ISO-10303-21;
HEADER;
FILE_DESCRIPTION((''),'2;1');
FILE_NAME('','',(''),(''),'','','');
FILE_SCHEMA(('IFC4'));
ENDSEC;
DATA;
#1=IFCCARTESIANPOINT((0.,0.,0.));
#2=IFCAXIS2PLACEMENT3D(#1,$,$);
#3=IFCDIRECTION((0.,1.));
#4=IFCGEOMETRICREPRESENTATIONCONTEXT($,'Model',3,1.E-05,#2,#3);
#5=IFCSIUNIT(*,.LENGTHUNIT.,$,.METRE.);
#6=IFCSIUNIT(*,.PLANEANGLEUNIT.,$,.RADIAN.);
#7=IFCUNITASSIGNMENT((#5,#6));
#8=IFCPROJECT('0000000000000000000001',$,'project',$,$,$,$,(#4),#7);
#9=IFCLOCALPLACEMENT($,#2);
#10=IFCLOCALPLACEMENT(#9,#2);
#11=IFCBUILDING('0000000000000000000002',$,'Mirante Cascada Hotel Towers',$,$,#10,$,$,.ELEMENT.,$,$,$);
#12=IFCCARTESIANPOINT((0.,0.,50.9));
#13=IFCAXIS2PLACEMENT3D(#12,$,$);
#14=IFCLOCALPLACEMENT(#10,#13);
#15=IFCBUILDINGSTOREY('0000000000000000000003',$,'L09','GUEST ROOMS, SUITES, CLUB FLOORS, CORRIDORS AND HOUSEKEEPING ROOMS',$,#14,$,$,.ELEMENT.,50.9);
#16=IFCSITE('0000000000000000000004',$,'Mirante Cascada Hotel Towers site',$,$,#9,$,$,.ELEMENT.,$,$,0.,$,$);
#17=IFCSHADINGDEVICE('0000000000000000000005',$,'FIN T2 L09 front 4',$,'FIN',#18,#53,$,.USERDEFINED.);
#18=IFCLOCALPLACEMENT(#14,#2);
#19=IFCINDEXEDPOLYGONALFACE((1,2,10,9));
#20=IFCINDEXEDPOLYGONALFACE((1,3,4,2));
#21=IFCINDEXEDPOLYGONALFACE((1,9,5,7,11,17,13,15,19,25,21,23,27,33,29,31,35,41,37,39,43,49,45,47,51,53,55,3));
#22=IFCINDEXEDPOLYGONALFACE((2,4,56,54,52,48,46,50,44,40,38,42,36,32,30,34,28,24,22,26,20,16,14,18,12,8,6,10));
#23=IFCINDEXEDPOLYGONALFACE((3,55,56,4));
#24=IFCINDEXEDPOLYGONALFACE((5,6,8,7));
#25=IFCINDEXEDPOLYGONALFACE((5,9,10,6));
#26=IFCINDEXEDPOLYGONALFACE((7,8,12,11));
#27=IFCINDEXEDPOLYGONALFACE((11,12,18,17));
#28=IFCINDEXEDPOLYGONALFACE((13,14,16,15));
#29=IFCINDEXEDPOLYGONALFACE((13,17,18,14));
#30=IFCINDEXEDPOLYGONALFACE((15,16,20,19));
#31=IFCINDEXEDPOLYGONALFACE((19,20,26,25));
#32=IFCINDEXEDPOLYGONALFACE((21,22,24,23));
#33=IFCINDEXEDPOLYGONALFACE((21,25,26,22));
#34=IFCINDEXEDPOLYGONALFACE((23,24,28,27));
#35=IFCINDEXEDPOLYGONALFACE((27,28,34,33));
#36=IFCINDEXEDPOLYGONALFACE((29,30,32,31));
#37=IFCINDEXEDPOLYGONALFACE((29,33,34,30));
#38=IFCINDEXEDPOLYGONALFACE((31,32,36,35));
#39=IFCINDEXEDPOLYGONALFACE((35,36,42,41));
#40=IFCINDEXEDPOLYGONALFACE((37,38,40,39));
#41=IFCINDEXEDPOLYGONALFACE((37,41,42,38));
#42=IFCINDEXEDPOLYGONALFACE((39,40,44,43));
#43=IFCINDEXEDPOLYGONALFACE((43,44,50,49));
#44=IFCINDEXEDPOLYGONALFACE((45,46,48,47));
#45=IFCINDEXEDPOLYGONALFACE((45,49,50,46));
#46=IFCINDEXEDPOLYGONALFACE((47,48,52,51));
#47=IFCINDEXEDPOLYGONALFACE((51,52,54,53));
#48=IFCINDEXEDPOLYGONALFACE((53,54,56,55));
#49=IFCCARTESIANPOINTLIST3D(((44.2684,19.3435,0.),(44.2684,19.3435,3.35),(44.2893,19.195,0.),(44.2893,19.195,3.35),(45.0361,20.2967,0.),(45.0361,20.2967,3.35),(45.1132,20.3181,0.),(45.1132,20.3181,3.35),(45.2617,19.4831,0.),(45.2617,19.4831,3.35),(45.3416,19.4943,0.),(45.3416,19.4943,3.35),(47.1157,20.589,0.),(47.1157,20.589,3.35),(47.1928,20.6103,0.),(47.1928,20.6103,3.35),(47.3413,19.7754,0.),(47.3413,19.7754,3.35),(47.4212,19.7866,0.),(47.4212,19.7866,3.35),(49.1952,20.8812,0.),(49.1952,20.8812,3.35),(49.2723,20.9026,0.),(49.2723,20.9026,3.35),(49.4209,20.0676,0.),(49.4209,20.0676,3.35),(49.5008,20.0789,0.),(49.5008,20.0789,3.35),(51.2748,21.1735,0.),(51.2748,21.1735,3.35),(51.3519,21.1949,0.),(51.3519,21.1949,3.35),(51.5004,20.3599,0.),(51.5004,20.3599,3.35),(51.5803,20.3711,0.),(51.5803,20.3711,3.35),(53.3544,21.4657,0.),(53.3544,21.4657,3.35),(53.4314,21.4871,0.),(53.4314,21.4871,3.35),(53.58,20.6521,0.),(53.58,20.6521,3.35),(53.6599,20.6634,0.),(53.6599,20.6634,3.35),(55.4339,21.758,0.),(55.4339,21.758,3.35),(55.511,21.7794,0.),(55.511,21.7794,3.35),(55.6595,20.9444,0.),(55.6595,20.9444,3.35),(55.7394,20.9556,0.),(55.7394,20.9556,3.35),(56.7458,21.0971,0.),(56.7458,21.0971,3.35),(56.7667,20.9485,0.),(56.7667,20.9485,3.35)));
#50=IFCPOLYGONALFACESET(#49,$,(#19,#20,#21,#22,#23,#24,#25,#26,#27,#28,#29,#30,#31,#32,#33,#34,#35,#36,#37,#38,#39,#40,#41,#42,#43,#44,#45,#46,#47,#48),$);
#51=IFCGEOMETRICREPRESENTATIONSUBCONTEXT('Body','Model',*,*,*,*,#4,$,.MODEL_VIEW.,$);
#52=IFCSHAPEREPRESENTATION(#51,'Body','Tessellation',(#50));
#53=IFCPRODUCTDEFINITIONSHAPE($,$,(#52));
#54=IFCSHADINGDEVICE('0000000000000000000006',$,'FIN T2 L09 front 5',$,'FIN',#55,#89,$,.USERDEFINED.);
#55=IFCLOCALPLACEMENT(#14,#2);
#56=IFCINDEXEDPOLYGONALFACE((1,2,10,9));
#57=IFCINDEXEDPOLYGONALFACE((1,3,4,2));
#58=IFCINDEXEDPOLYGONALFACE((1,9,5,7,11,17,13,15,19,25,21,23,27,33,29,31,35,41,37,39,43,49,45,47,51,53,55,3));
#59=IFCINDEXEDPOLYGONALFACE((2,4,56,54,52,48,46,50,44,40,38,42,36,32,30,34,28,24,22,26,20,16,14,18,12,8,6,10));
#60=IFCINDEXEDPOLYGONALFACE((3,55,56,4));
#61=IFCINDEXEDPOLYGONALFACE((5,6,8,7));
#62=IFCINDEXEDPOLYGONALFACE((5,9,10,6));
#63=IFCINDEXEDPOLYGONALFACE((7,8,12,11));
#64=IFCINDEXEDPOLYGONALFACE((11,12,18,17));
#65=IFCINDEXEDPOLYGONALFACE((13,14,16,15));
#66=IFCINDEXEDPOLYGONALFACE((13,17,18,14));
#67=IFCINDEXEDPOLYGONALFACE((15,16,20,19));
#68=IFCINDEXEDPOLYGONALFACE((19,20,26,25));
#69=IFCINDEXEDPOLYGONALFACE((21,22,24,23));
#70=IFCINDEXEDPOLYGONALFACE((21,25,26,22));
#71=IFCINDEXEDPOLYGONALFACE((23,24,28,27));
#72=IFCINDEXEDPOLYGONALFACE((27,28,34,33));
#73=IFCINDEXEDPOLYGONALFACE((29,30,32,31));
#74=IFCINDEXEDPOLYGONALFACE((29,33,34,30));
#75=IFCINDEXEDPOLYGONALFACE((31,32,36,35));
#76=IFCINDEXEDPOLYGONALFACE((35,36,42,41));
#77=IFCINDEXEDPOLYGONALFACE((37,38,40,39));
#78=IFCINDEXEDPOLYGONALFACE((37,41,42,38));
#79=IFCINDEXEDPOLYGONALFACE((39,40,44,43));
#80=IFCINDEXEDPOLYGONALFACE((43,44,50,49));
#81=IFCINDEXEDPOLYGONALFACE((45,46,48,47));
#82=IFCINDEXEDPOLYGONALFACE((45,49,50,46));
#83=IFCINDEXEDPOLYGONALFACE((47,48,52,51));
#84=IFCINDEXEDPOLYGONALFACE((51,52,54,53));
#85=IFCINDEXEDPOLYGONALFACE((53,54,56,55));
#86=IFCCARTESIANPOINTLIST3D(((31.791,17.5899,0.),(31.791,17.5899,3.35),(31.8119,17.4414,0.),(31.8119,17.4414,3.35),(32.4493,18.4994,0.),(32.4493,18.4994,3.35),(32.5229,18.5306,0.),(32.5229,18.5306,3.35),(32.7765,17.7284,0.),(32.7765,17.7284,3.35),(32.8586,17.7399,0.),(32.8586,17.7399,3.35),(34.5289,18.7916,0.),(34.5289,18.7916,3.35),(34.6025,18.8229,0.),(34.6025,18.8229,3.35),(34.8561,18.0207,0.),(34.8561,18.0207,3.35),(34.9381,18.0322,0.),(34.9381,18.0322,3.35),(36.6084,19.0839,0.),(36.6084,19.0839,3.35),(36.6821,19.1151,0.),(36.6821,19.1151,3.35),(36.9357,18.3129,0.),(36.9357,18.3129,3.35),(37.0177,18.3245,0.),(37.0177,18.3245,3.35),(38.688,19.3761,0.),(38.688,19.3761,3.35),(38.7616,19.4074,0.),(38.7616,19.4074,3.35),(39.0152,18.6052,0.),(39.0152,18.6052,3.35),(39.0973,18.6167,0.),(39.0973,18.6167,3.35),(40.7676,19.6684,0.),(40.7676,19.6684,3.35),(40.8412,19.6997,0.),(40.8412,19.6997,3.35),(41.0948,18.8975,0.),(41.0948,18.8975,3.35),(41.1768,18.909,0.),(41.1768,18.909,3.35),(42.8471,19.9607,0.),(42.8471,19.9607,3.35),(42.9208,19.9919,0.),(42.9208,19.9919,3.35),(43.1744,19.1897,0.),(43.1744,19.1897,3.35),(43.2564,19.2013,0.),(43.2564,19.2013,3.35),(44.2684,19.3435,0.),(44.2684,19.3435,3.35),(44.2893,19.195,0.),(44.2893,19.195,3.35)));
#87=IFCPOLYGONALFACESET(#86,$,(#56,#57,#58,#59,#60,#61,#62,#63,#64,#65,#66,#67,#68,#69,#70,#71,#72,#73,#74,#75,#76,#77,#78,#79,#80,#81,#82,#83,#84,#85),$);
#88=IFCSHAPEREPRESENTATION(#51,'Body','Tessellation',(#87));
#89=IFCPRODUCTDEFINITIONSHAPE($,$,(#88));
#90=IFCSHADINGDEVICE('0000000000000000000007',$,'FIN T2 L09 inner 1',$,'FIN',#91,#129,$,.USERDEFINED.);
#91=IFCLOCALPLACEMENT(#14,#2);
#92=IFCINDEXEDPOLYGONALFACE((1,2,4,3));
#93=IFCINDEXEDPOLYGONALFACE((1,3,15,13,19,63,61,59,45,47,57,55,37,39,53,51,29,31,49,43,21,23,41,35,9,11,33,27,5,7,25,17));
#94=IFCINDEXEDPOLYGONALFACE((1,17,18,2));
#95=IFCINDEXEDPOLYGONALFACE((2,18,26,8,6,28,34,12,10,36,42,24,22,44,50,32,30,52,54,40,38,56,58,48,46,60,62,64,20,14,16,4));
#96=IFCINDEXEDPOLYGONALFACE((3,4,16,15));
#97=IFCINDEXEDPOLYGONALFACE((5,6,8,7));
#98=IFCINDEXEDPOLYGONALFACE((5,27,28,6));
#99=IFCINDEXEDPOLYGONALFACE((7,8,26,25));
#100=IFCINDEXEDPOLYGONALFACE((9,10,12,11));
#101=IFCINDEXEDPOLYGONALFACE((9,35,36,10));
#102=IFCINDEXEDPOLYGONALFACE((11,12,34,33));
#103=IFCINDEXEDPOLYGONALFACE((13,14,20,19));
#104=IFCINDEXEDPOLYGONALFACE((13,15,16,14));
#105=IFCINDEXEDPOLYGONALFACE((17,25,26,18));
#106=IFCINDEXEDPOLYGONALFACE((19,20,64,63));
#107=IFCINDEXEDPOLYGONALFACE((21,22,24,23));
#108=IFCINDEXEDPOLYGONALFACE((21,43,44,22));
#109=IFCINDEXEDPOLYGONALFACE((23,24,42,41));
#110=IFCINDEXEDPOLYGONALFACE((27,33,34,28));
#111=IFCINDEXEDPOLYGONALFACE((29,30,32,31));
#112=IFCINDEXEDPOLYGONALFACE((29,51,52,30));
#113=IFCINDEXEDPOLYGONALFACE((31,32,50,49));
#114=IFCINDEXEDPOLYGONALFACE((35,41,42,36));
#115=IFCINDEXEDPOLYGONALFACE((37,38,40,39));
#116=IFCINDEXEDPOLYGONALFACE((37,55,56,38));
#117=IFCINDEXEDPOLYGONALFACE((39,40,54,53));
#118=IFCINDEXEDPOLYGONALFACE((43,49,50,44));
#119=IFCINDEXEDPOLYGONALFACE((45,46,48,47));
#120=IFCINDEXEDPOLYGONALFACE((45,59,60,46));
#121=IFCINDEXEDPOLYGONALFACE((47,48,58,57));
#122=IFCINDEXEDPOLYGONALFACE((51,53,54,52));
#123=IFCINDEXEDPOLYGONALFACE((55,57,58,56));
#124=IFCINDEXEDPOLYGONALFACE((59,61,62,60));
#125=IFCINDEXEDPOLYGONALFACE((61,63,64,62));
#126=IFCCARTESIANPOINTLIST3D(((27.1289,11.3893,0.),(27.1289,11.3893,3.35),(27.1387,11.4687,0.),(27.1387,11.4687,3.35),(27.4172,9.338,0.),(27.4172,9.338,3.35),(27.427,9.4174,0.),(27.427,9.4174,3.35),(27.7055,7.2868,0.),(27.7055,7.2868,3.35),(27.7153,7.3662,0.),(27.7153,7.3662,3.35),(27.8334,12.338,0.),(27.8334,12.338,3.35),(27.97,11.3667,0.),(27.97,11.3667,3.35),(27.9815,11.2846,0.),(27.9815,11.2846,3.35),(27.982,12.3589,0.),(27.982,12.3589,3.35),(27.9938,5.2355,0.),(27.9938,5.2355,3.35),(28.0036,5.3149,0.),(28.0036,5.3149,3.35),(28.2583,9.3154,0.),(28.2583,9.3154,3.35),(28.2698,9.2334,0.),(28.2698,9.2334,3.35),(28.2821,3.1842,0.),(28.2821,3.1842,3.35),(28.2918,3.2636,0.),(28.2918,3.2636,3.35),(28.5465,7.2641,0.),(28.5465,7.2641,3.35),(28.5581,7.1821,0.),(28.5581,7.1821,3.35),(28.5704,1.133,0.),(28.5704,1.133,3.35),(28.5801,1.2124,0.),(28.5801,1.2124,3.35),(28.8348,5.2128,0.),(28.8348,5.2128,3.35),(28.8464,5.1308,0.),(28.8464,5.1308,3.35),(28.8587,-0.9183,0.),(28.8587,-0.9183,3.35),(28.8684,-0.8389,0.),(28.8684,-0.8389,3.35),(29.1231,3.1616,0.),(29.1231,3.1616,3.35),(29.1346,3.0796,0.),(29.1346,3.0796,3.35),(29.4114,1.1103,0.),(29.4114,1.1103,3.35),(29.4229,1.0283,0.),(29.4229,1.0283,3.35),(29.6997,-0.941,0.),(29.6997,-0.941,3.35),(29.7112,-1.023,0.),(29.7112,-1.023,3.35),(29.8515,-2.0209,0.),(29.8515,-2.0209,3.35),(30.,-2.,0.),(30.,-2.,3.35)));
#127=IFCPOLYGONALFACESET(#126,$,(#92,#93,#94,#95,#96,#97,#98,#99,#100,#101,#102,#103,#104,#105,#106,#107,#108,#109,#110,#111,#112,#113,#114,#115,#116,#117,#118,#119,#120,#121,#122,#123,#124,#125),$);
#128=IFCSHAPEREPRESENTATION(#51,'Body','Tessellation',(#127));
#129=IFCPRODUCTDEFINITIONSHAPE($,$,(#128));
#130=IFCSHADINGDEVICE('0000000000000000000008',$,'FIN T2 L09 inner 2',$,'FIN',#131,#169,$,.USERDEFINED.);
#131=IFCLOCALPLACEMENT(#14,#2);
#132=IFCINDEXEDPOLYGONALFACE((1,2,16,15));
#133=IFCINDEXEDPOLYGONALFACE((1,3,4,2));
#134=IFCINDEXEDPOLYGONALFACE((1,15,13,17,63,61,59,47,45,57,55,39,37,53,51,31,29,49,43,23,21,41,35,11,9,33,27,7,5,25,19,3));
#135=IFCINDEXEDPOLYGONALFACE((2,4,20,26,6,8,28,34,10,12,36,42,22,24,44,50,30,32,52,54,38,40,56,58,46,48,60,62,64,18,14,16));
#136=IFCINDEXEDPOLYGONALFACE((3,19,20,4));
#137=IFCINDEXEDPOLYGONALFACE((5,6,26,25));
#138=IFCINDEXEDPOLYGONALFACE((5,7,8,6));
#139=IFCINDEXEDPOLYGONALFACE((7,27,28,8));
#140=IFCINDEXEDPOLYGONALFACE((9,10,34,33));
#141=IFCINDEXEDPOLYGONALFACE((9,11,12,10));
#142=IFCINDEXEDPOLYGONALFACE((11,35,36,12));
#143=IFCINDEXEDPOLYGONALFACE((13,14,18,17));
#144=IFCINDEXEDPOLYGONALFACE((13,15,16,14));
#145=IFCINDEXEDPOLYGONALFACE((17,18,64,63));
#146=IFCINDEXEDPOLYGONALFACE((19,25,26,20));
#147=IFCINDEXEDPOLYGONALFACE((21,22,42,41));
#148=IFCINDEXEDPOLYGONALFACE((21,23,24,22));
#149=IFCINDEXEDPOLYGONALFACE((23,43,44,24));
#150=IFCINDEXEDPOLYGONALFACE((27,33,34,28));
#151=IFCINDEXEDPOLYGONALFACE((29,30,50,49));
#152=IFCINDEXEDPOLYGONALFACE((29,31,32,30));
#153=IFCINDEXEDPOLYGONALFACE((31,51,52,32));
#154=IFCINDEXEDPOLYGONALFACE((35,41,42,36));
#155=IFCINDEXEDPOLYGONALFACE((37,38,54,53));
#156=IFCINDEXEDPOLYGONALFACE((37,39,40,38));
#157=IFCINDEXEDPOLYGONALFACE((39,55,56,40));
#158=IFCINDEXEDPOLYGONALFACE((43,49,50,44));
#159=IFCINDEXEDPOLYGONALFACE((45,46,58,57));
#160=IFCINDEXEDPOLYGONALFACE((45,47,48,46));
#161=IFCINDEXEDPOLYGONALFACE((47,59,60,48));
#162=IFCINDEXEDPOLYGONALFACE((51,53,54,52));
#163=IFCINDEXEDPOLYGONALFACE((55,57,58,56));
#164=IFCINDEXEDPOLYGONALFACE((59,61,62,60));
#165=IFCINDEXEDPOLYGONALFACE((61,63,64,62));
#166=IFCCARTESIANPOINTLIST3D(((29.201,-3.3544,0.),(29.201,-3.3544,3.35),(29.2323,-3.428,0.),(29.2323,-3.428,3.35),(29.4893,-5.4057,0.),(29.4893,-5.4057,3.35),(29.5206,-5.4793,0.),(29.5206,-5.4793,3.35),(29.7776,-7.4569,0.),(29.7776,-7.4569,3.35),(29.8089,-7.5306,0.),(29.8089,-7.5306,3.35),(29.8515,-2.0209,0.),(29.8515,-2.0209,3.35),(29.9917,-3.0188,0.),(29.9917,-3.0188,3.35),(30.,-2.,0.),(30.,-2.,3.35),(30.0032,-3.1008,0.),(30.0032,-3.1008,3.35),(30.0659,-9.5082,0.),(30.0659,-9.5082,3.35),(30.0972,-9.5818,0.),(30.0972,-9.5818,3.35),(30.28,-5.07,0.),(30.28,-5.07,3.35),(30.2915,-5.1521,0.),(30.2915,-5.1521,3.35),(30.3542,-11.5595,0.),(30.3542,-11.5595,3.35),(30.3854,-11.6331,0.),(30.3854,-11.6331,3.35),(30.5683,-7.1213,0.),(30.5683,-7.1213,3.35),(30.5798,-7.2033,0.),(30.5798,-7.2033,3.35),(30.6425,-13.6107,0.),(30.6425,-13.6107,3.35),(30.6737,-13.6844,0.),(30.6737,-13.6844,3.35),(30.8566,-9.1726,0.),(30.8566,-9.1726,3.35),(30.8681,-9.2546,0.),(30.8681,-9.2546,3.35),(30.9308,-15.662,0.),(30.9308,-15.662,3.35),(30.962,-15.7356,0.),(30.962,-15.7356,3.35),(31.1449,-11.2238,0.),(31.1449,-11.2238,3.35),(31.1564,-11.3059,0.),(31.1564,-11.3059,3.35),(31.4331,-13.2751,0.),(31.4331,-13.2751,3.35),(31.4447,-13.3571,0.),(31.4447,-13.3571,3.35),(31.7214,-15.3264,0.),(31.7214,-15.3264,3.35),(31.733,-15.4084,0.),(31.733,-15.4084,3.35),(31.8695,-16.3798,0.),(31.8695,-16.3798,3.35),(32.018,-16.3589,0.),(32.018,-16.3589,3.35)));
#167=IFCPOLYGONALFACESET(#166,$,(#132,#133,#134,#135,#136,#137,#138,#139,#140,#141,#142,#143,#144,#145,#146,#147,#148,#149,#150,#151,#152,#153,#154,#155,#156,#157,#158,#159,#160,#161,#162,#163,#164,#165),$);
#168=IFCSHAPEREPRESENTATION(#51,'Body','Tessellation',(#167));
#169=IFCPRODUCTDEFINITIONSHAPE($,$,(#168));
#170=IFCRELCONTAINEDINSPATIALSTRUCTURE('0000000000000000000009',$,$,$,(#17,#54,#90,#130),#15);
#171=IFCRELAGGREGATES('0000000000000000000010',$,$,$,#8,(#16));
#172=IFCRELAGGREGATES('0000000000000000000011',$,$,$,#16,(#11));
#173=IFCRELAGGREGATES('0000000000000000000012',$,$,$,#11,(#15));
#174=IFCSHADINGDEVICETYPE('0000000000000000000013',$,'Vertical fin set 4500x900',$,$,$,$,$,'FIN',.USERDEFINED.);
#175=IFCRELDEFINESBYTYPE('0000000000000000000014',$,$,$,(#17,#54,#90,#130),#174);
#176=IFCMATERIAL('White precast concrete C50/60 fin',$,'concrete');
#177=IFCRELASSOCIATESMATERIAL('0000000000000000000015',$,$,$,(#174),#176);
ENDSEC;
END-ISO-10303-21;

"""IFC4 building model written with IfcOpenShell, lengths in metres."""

from ifc_helpers import new_model, si_unit, direction, frame, origin, place, context, subcontext, project, spatial, polyline, outline, extrude, material, type_object, element, save


model = new_model("IFC4")

# Units and contexts
model_context = context("Model", 3, precision=1e-05, world=origin(), true_north=direction((0.0, 1.0)))
body_context = subcontext(model_context, "Body", "Model", "MODEL_VIEW")
ifc_project = project(units=[si_unit("LENGTHUNIT", "METRE"), si_unit("PLANEANGLEUNIT", "RADIAN")], contexts=[model_context])

# Site, building, storey
site_placement = place(None, origin())
site = spatial("IfcSite", under=ifc_project, at=site_placement, Name="Mirante Cascada Hotel Towers site", CompositionType="ELEMENT", RefElevation=0.0)
building_placement = place(site_placement, origin())
building = spatial("IfcBuilding", under=site, at=building_placement, Name="Mirante Cascada Hotel Towers", CompositionType="ELEMENT")
storey_placement = place(building_placement, frame((0.0, 0.0, 50.9)))
storey = spatial("IfcBuildingStorey", under=building, at=storey_placement, Name="L09", Description="GUEST ROOMS, SUITES, CLUB FLOORS, CORRIDORS AND HOUSEKEEPING ROOMS", CompositionType="ELEMENT", Elevation=50.9)

# Shading devices
ifc_material_1 = material(Name="White precast concrete C50/60 fin", Category="concrete")
shading_device_type = type_object("IfcShadingDeviceType", Name="Vertical fin set 4500x900", ElementType="FIN", PredefinedType="USERDEFINED", material=ifc_material_1)
shading_device_1_placement = place(storey_placement, origin())
element("IfcShadingDevice", 1, at=shading_device_1_placement, inside=storey, type_object=shading_device_type, Name="FIN T2 L09 front 4", ObjectType="FIN", PredefinedType="USERDEFINED", context=body_context, shape_type="SweptSolid", body=[
    extrude(outline(polyline([(45.1132, 20.3181), (45.3416, 19.4943), (47.3413, 19.7754), (47.1157, 20.589), (47.1928, 20.6103), (47.4212, 19.7866), (49.4209, 20.0676), (49.1952, 20.8812), (49.2723, 20.9026), (49.5008, 20.0789), (51.5004, 20.3599), (51.2748, 21.1735), (51.3519, 21.1949), (51.5803, 20.3711), (53.58, 20.6521), (53.3544, 21.4657), (53.4314, 21.4871), (53.6599, 20.6634), (55.6595, 20.9444), (55.4339, 21.758), (55.511, 21.7794), (55.7394, 20.9556), (56.7458, 21.0971), (56.7667, 20.9485), (44.2893, 19.195), (44.2684, 19.3435), (45.2617, 19.4831), (45.0361, 20.2967), (45.1132, 20.3181)])), origin(), (0.0, 0.0, 1.0), 3.35),
])
shading_device_2_placement = place(storey_placement, origin())
element("IfcShadingDevice", 2, at=shading_device_2_placement, inside=storey, type_object=shading_device_type, Name="FIN T2 L09 front 5", ObjectType="FIN", PredefinedType="USERDEFINED", context=body_context, shape_type="SweptSolid", body=[
    extrude(outline(polyline([(32.5229, 18.5306), (32.8586, 17.7399), (34.8561, 18.0207), (34.5289, 18.7916), (34.6025, 18.8229), (34.9381, 18.0322), (36.9357, 18.3129), (36.6084, 19.0839), (36.6821, 19.1151), (37.0177, 18.3245), (39.0152, 18.6052), (38.688, 19.3761), (38.7616, 19.4074), (39.0973, 18.6167), (41.0948, 18.8975), (40.7676, 19.6684), (40.8412, 19.6997), (41.1768, 18.909), (43.1744, 19.1897), (42.8471, 19.9607), (42.9208, 19.9919), (43.2564, 19.2013), (44.2684, 19.3435), (44.2893, 19.195), (31.8119, 17.4414), (31.791, 17.5899), (32.7765, 17.7284), (32.4493, 18.4994), (32.5229, 18.5306)])), origin(), (0.0, 0.0, 1.0), 3.35),
])
shading_device_3_placement = place(storey_placement, origin())
element("IfcShadingDevice", 3, at=shading_device_3_placement, inside=storey, type_object=shading_device_type, Name="FIN T2 L09 inner 1", ObjectType="FIN", PredefinedType="USERDEFINED", context=body_context, shape_type="SweptSolid", body=[
    extrude(outline(polyline([(28.8684, -0.8389), (29.6997, -0.941), (29.4229, 1.0283), (28.5704, 1.133), (28.5801, 1.2124), (29.4114, 1.1103), (29.1346, 3.0796), (28.2821, 3.1842), (28.2918, 3.2636), (29.1231, 3.1616), (28.8464, 5.1308), (27.9938, 5.2355), (28.0036, 5.3149), (28.8348, 5.2128), (28.5581, 7.1821), (27.7055, 7.2868), (27.7153, 7.3662), (28.5465, 7.2641), (28.2698, 9.2334), (27.4172, 9.338), (27.427, 9.4174), (28.2583, 9.3154), (27.9815, 11.2846), (27.1289, 11.3893), (27.1387, 11.4687), (27.97, 11.3667), (27.8334, 12.338), (27.982, 12.3589), (30.0, -2.0), (29.8515, -2.0209), (29.7112, -1.023), (28.8587, -0.9183), (28.8684, -0.8389)])), origin(), (0.0, 0.0, 1.0), 3.35),
])
shading_device_4_placement = place(storey_placement, origin())
element("IfcShadingDevice", 4, at=shading_device_4_placement, inside=storey, type_object=shading_device_type, Name="FIN T2 L09 inner 2", ObjectType="FIN", PredefinedType="USERDEFINED", context=body_context, shape_type="SweptSolid", body=[
    extrude(outline(polyline([(30.9308, -15.662), (31.7214, -15.3264), (31.4447, -13.3571), (30.6737, -13.6844), (30.6425, -13.6107), (31.4331, -13.2751), (31.1564, -11.3059), (30.3854, -11.6331), (30.3542, -11.5595), (31.1449, -11.2238), (30.8681, -9.2546), (30.0972, -9.5818), (30.0659, -9.5082), (30.8566, -9.1726), (30.5798, -7.2033), (29.8089, -7.5306), (29.7776, -7.4569), (30.5683, -7.1213), (30.2915, -5.1521), (29.5206, -5.4793), (29.4893, -5.4057), (30.28, -5.07), (30.0032, -3.1008), (29.2323, -3.428), (29.201, -3.3544), (29.9917, -3.0188), (29.8515, -2.0209), (30.0, -2.0), (32.018, -16.3589), (31.8695, -16.3798), (31.733, -15.4084), (30.962, -15.7356), (30.9308, -15.662)])), origin(), (0.0, 0.0, 1.0), 3.35),
])

save(model, "model.ifc")
